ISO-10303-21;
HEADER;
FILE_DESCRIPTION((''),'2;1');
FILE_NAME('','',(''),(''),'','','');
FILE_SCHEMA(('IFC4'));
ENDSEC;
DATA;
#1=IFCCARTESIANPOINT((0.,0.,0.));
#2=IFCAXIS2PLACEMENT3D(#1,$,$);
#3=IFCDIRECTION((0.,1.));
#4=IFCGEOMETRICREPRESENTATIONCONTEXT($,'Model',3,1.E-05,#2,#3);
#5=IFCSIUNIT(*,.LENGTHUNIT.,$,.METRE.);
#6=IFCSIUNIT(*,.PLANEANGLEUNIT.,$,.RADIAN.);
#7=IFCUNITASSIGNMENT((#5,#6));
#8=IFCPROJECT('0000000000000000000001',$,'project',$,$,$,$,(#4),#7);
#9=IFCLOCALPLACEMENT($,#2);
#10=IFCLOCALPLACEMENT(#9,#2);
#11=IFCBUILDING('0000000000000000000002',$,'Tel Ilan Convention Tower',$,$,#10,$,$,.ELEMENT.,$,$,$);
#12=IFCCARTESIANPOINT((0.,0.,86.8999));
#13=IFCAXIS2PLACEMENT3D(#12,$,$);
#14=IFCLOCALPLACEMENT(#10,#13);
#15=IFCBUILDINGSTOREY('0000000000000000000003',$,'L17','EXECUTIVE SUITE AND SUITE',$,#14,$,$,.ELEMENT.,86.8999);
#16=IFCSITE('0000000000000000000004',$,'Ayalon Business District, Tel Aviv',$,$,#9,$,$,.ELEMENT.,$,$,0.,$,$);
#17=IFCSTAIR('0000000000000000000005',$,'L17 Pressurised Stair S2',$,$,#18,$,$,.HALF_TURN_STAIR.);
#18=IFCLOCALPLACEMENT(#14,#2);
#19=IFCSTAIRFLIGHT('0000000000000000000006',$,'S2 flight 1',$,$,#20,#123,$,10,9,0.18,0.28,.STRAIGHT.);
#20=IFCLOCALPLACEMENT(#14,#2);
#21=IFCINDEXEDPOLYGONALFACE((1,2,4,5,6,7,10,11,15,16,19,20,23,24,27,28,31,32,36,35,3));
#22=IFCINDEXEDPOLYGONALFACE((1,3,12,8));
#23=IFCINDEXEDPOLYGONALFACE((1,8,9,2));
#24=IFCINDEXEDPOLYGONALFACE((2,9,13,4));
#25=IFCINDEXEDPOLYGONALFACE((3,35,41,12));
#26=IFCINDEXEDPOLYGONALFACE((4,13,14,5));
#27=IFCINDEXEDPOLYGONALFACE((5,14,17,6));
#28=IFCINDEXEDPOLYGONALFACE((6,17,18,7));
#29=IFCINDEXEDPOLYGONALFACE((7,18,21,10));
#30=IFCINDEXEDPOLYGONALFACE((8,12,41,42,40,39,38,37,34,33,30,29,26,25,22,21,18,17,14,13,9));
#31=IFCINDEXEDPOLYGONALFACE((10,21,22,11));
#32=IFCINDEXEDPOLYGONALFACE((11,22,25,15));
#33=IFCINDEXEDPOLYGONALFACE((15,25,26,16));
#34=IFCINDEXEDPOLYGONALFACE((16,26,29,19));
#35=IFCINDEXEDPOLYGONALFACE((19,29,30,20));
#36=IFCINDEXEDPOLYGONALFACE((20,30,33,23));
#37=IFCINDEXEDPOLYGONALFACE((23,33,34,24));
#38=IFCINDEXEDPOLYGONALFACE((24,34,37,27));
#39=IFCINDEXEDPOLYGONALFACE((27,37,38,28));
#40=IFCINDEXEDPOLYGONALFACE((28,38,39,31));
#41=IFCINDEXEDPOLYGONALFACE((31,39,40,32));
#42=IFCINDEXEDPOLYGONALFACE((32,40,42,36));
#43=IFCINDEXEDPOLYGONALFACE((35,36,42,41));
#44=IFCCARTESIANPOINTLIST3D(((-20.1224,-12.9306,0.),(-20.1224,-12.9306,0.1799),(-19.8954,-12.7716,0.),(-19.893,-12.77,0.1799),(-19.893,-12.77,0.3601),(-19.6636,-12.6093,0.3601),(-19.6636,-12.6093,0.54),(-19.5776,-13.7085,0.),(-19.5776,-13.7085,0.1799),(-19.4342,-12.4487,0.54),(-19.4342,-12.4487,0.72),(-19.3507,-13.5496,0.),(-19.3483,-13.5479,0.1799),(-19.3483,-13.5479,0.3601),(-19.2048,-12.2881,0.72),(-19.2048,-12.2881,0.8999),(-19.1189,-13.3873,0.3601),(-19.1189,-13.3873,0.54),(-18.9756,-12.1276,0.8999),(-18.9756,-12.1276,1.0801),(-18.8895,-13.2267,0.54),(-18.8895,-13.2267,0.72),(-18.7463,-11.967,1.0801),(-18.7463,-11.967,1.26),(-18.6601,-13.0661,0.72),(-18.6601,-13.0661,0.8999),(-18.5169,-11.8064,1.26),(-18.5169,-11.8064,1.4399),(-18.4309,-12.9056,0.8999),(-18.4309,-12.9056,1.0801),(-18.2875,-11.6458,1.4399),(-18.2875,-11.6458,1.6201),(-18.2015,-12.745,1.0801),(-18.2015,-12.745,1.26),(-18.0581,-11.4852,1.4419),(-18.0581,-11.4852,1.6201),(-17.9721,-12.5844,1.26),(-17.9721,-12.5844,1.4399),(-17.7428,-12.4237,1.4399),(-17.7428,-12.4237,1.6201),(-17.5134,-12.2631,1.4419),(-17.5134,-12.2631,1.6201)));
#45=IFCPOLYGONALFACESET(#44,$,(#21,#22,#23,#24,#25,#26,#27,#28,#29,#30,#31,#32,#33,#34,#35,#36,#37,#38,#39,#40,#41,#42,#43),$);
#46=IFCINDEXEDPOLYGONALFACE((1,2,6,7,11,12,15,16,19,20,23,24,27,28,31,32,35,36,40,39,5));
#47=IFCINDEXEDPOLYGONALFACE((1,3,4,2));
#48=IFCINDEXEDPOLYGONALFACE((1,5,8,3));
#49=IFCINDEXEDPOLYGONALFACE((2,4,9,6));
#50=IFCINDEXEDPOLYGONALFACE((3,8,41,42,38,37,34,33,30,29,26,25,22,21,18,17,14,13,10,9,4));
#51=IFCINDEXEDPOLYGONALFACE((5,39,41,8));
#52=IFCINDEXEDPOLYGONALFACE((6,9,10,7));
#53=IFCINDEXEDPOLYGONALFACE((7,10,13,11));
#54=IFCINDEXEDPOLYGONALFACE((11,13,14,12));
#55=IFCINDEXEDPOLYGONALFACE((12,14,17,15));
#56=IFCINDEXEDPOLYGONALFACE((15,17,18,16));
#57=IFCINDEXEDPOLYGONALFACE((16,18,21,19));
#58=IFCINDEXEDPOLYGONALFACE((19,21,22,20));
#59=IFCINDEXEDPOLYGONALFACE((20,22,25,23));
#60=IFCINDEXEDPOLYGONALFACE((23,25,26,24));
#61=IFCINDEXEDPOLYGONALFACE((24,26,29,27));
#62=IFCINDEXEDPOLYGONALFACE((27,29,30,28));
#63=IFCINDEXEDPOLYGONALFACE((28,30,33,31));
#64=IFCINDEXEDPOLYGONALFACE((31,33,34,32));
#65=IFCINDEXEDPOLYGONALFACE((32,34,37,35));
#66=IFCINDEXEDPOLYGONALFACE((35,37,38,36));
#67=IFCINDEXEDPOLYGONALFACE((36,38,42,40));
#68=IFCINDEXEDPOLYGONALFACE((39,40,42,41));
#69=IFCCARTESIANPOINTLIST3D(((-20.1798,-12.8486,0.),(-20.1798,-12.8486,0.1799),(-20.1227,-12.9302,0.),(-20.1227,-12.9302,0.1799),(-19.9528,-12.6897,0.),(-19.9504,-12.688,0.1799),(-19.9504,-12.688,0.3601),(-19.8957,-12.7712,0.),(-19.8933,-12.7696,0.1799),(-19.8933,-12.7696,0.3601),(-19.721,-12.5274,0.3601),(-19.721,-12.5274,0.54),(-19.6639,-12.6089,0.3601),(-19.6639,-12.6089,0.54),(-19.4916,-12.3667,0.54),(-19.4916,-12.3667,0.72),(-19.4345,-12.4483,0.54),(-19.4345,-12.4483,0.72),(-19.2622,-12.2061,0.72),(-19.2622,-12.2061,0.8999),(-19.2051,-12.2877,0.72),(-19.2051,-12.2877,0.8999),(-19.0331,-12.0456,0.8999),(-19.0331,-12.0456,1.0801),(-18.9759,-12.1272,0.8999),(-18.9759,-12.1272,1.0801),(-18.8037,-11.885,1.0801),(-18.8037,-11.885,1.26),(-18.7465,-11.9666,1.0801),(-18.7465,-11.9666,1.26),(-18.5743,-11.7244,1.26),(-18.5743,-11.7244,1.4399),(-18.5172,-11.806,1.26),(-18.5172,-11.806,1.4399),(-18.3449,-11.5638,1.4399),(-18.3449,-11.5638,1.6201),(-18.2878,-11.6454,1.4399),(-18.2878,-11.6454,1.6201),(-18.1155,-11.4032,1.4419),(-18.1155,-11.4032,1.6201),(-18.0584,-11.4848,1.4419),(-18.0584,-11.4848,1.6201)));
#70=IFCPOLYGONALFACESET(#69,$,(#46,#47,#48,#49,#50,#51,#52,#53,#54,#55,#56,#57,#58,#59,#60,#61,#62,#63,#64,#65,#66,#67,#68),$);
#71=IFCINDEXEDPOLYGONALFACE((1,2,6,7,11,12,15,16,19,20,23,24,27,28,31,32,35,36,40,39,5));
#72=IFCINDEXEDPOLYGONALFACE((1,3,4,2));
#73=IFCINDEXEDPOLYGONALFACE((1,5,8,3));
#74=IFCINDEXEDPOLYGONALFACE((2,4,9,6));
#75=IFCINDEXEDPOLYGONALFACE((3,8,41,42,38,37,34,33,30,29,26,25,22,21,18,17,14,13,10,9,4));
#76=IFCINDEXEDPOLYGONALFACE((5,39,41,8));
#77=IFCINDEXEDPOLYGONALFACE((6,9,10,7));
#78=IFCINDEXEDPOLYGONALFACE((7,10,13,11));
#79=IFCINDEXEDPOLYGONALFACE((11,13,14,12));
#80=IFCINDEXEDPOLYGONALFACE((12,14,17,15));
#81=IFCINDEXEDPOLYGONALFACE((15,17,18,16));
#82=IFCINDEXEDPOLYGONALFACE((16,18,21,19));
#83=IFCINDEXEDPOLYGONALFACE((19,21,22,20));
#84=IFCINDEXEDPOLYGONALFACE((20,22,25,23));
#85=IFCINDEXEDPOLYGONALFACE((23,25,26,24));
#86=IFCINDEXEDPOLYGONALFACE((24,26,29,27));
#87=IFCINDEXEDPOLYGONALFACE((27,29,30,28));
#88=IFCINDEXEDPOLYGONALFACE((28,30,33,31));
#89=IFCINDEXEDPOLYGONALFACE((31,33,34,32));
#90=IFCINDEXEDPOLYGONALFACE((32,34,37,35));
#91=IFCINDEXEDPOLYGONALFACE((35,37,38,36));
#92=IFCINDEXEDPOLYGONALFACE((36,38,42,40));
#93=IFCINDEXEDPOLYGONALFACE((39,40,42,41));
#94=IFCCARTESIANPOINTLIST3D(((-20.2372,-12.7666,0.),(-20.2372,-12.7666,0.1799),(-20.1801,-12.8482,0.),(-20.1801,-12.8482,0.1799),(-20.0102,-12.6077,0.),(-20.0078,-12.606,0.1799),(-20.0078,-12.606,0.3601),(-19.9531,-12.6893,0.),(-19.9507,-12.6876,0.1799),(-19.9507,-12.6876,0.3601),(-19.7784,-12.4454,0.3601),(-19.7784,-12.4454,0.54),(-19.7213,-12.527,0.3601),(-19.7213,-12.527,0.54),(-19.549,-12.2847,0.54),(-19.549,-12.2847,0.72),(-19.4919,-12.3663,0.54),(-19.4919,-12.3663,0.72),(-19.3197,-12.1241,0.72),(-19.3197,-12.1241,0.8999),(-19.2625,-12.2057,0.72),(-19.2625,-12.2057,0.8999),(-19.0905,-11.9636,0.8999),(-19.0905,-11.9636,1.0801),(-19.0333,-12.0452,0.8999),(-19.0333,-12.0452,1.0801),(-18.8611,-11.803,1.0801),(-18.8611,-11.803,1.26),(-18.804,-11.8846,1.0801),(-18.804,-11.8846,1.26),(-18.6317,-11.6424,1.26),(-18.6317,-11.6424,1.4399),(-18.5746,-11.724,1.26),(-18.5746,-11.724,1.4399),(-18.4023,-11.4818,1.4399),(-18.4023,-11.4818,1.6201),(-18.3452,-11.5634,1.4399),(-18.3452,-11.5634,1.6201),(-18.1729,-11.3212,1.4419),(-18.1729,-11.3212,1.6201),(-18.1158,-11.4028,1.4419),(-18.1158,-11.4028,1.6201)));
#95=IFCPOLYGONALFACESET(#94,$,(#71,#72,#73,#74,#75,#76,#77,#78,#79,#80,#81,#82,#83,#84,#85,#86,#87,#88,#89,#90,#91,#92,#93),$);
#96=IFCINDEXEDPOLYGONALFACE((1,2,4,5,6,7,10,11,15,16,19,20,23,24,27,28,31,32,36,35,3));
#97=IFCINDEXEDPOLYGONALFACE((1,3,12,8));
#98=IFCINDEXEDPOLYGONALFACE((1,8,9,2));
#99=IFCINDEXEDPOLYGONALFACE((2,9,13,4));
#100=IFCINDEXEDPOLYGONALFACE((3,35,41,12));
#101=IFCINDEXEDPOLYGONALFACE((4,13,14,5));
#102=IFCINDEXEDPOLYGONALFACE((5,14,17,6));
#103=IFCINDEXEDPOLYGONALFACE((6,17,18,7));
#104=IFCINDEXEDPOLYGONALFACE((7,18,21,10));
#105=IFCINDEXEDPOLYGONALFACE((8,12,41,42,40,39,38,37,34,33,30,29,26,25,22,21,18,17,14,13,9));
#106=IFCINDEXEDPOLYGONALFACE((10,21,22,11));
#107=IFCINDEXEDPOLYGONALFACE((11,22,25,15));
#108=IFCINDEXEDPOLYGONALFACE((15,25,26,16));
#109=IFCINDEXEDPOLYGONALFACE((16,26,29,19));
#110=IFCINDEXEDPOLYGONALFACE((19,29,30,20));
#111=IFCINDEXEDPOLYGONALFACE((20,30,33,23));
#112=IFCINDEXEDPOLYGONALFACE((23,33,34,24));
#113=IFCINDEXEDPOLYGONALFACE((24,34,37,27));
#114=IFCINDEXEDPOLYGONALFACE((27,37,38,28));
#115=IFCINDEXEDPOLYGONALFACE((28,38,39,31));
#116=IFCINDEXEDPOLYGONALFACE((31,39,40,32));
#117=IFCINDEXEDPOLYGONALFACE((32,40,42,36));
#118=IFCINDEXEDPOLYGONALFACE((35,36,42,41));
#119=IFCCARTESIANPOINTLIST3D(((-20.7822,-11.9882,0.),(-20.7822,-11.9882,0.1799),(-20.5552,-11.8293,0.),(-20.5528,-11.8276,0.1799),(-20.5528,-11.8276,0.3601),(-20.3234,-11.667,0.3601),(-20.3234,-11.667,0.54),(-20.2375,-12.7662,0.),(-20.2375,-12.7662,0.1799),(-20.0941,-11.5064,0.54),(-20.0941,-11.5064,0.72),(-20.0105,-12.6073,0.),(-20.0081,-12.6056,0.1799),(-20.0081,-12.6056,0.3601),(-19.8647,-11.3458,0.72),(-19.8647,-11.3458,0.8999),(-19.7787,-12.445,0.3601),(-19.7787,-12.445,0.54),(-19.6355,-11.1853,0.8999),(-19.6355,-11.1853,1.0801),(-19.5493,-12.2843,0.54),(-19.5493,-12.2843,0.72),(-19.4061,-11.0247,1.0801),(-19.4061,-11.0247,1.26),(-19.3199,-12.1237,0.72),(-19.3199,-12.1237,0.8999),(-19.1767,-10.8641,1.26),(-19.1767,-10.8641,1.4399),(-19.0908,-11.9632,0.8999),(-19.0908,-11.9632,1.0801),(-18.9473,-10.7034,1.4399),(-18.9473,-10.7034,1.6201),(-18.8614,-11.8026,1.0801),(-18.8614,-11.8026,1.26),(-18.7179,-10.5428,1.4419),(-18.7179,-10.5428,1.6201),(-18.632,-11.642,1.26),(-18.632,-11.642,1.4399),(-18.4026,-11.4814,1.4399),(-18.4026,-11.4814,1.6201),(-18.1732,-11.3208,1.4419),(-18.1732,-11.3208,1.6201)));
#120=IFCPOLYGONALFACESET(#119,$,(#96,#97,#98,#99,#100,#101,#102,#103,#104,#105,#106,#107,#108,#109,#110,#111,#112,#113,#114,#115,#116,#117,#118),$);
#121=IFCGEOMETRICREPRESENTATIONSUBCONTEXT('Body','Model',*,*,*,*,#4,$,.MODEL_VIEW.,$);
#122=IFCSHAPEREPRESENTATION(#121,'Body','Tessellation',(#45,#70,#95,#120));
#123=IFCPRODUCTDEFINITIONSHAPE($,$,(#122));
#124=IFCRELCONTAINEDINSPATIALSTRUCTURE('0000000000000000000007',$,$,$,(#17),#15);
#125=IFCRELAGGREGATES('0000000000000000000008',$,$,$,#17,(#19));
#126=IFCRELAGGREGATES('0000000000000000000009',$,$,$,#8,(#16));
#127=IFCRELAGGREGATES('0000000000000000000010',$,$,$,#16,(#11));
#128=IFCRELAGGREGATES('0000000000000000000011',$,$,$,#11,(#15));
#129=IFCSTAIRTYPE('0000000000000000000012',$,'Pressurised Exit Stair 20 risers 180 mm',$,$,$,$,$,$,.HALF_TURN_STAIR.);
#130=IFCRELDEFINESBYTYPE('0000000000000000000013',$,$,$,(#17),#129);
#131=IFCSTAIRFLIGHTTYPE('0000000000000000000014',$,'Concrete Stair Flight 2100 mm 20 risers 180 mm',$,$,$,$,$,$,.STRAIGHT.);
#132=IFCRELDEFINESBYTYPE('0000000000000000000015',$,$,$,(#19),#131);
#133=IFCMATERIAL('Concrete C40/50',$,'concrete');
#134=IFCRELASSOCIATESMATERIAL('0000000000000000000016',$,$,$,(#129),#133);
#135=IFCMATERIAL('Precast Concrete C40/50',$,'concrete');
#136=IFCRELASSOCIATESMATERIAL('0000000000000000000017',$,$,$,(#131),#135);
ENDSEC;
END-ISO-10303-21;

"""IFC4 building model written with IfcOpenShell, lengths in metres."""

from ifc_helpers import new_model, si_unit, direction, frame, origin, place, context, subcontext, project, spatial, polyline, outline, extrude, material, type_object, element, aggregate, save


model = new_model("IFC4")

# Units and contexts
model_context = context("Model", 3, precision=1e-05, world=origin(), true_north=direction((0.0, 1.0)))
body_context = subcontext(model_context, "Body", "Model", "MODEL_VIEW")
ifc_project = project(units=[si_unit("LENGTHUNIT", "METRE"), si_unit("PLANEANGLEUNIT", "RADIAN")], contexts=[model_context])

# Site, building, storey
site_placement = place(None, origin())
site = spatial("IfcSite", under=ifc_project, at=site_placement, Name="Ayalon Business District, Tel Aviv", CompositionType="ELEMENT", RefElevation=0.0)
building_placement = place(site_placement, origin())
building = spatial("IfcBuilding", under=site, at=building_placement, Name="Tel Ilan Convention Tower", CompositionType="ELEMENT")
storey_placement = place(building_placement, frame((0.0, 0.0, 86.8999)))
storey = spatial("IfcBuildingStorey", under=building, at=storey_placement, Name="L17", Description="EXECUTIVE SUITE AND SUITE", CompositionType="ELEMENT", Elevation=86.8999)

# Stair, stair flight
ifc_material_1 = material(Name="Concrete C40/50", Category="concrete")
stair_type = type_object("IfcStairType", Name="Pressurised Exit Stair 20 risers 180 mm", PredefinedType="HALF_TURN_STAIR", material=ifc_material_1)
ifc_material_2 = material(Name="Precast Concrete C40/50", Category="concrete")
stair_flight_type = type_object("IfcStairFlightType", Name="Concrete Stair Flight 2100 mm 20 risers 180 mm", PredefinedType="STRAIGHT", material=ifc_material_2)
stair_1_placement = place(storey_placement, origin())
stair_1 = element("IfcStair", 1, at=stair_1_placement, inside=storey, type_object=stair_type, Name="L17 Pressurised Stair S2", PredefinedType="HALF_TURN_STAIR")
stair_flight_1_placement = place(storey_placement, frame((-20.1799, -12.8484, 0.0), z_axis=(0.0, 0.0, 1.0), x_axis=(0.819152, 0.573576, 0.0)))
stair_flight_1 = element("IfcStairFlight", 2, at=stair_flight_1_placement, type_object=stair_flight_type, Name="S2 flight 1", NumberOfRisers=10, NumberOfTreads=9, PredefinedType="STRAIGHT", RiserHeight=0.18, TreadLength=0.28, context=body_context, shape_type="SweptSolid", body=[
    extrude(outline(polyline([(0.0, 0.0), (0.0, 0.1799), (0.28, 0.1799), (0.28, 0.3601), (0.5601, 0.3601), (0.5601, 0.54), (0.8401, 0.54), (0.8401, 0.72), (1.1201, 0.72), (1.1201, 0.8999), (1.3999, 0.8999), (1.3999, 1.0801), (1.6799, 1.0801), (1.6799, 1.26), (1.96, 1.26), (1.96, 1.4399), (2.24, 1.4399), (2.24, 1.6201), (2.52, 1.6201), (2.52, 1.8), (2.52, 1.4419), (0.2771, 0.0), (0.0, 0.0)])), frame((0.0, -0.1003, 0.0), z_axis=(0.0, -1.0, 0.0), x_axis=(1.0, 0.0, 0.0)), (0.0, 0.0, 1.0), 0.9497),
    extrude(outline(polyline([(0.0, 0.0), (0.0, 0.1799), (0.28, 0.1799), (0.28, 0.3601), (0.5601, 0.3601), (0.5601, 0.54), (0.8401, 0.54), (0.8401, 0.72), (1.1201, 0.72), (1.1201, 0.8999), (1.3999, 0.8999), (1.3999, 1.0801), (1.6799, 1.0801), (1.6799, 1.26), (1.96, 1.26), (1.96, 1.4399), (2.24, 1.4399), (2.24, 1.6201), (2.52, 1.6201), (2.52, 1.8), (2.52, 1.4419), (0.2771, 0.0), (0.0, 0.0)])), frame((0.0, -0.0002, 0.0), z_axis=(0.0, -1.0, 0.0), x_axis=(1.0, 0.0, 0.0)), (0.0, 0.0, 1.0), 0.0996),
    extrude(outline(polyline([(0.0, 0.0), (0.0, 0.1799), (0.28, 0.1799), (0.28, 0.3601), (0.5601, 0.3601), (0.5601, 0.54), (0.8401, 0.54), (0.8401, 0.72), (1.1201, 0.72), (1.1201, 0.8999), (1.3999, 0.8999), (1.3999, 1.0801), (1.6799, 1.0801), (1.6799, 1.26), (1.96, 1.26), (1.96, 1.4399), (2.24, 1.4399), (2.24, 1.6201), (2.52, 1.6201), (2.52, 1.8), (2.52, 1.4419), (0.2771, 0.0), (0.0, 0.0)])), frame((0.0, 0.0999, 0.0), z_axis=(0.0, -1.0, 0.0), x_axis=(1.0, 0.0, 0.0)), (0.0, 0.0, 1.0), 0.0996),
    extrude(outline(polyline([(0.0, 0.0), (0.0, 0.1799), (0.28, 0.1799), (0.28, 0.3601), (0.5601, 0.3601), (0.5601, 0.54), (0.8401, 0.54), (0.8401, 0.72), (1.1201, 0.72), (1.1201, 0.8999), (1.3999, 0.8999), (1.3999, 1.0801), (1.6799, 1.0801), (1.6799, 1.26), (1.96, 1.26), (1.96, 1.4399), (2.24, 1.4399), (2.24, 1.6201), (2.52, 1.6201), (2.52, 1.8), (2.52, 1.4419), (0.2771, 0.0), (0.0, 0.0)])), frame((0.0, 1.05, 0.0), z_axis=(0.0, -1.0, 0.0), x_axis=(1.0, 0.0, 0.0)), (0.0, 0.0, 1.0), 0.9497),
])
aggregate(stair_1, [stair_flight_1])

save(model, "model.ifc")
